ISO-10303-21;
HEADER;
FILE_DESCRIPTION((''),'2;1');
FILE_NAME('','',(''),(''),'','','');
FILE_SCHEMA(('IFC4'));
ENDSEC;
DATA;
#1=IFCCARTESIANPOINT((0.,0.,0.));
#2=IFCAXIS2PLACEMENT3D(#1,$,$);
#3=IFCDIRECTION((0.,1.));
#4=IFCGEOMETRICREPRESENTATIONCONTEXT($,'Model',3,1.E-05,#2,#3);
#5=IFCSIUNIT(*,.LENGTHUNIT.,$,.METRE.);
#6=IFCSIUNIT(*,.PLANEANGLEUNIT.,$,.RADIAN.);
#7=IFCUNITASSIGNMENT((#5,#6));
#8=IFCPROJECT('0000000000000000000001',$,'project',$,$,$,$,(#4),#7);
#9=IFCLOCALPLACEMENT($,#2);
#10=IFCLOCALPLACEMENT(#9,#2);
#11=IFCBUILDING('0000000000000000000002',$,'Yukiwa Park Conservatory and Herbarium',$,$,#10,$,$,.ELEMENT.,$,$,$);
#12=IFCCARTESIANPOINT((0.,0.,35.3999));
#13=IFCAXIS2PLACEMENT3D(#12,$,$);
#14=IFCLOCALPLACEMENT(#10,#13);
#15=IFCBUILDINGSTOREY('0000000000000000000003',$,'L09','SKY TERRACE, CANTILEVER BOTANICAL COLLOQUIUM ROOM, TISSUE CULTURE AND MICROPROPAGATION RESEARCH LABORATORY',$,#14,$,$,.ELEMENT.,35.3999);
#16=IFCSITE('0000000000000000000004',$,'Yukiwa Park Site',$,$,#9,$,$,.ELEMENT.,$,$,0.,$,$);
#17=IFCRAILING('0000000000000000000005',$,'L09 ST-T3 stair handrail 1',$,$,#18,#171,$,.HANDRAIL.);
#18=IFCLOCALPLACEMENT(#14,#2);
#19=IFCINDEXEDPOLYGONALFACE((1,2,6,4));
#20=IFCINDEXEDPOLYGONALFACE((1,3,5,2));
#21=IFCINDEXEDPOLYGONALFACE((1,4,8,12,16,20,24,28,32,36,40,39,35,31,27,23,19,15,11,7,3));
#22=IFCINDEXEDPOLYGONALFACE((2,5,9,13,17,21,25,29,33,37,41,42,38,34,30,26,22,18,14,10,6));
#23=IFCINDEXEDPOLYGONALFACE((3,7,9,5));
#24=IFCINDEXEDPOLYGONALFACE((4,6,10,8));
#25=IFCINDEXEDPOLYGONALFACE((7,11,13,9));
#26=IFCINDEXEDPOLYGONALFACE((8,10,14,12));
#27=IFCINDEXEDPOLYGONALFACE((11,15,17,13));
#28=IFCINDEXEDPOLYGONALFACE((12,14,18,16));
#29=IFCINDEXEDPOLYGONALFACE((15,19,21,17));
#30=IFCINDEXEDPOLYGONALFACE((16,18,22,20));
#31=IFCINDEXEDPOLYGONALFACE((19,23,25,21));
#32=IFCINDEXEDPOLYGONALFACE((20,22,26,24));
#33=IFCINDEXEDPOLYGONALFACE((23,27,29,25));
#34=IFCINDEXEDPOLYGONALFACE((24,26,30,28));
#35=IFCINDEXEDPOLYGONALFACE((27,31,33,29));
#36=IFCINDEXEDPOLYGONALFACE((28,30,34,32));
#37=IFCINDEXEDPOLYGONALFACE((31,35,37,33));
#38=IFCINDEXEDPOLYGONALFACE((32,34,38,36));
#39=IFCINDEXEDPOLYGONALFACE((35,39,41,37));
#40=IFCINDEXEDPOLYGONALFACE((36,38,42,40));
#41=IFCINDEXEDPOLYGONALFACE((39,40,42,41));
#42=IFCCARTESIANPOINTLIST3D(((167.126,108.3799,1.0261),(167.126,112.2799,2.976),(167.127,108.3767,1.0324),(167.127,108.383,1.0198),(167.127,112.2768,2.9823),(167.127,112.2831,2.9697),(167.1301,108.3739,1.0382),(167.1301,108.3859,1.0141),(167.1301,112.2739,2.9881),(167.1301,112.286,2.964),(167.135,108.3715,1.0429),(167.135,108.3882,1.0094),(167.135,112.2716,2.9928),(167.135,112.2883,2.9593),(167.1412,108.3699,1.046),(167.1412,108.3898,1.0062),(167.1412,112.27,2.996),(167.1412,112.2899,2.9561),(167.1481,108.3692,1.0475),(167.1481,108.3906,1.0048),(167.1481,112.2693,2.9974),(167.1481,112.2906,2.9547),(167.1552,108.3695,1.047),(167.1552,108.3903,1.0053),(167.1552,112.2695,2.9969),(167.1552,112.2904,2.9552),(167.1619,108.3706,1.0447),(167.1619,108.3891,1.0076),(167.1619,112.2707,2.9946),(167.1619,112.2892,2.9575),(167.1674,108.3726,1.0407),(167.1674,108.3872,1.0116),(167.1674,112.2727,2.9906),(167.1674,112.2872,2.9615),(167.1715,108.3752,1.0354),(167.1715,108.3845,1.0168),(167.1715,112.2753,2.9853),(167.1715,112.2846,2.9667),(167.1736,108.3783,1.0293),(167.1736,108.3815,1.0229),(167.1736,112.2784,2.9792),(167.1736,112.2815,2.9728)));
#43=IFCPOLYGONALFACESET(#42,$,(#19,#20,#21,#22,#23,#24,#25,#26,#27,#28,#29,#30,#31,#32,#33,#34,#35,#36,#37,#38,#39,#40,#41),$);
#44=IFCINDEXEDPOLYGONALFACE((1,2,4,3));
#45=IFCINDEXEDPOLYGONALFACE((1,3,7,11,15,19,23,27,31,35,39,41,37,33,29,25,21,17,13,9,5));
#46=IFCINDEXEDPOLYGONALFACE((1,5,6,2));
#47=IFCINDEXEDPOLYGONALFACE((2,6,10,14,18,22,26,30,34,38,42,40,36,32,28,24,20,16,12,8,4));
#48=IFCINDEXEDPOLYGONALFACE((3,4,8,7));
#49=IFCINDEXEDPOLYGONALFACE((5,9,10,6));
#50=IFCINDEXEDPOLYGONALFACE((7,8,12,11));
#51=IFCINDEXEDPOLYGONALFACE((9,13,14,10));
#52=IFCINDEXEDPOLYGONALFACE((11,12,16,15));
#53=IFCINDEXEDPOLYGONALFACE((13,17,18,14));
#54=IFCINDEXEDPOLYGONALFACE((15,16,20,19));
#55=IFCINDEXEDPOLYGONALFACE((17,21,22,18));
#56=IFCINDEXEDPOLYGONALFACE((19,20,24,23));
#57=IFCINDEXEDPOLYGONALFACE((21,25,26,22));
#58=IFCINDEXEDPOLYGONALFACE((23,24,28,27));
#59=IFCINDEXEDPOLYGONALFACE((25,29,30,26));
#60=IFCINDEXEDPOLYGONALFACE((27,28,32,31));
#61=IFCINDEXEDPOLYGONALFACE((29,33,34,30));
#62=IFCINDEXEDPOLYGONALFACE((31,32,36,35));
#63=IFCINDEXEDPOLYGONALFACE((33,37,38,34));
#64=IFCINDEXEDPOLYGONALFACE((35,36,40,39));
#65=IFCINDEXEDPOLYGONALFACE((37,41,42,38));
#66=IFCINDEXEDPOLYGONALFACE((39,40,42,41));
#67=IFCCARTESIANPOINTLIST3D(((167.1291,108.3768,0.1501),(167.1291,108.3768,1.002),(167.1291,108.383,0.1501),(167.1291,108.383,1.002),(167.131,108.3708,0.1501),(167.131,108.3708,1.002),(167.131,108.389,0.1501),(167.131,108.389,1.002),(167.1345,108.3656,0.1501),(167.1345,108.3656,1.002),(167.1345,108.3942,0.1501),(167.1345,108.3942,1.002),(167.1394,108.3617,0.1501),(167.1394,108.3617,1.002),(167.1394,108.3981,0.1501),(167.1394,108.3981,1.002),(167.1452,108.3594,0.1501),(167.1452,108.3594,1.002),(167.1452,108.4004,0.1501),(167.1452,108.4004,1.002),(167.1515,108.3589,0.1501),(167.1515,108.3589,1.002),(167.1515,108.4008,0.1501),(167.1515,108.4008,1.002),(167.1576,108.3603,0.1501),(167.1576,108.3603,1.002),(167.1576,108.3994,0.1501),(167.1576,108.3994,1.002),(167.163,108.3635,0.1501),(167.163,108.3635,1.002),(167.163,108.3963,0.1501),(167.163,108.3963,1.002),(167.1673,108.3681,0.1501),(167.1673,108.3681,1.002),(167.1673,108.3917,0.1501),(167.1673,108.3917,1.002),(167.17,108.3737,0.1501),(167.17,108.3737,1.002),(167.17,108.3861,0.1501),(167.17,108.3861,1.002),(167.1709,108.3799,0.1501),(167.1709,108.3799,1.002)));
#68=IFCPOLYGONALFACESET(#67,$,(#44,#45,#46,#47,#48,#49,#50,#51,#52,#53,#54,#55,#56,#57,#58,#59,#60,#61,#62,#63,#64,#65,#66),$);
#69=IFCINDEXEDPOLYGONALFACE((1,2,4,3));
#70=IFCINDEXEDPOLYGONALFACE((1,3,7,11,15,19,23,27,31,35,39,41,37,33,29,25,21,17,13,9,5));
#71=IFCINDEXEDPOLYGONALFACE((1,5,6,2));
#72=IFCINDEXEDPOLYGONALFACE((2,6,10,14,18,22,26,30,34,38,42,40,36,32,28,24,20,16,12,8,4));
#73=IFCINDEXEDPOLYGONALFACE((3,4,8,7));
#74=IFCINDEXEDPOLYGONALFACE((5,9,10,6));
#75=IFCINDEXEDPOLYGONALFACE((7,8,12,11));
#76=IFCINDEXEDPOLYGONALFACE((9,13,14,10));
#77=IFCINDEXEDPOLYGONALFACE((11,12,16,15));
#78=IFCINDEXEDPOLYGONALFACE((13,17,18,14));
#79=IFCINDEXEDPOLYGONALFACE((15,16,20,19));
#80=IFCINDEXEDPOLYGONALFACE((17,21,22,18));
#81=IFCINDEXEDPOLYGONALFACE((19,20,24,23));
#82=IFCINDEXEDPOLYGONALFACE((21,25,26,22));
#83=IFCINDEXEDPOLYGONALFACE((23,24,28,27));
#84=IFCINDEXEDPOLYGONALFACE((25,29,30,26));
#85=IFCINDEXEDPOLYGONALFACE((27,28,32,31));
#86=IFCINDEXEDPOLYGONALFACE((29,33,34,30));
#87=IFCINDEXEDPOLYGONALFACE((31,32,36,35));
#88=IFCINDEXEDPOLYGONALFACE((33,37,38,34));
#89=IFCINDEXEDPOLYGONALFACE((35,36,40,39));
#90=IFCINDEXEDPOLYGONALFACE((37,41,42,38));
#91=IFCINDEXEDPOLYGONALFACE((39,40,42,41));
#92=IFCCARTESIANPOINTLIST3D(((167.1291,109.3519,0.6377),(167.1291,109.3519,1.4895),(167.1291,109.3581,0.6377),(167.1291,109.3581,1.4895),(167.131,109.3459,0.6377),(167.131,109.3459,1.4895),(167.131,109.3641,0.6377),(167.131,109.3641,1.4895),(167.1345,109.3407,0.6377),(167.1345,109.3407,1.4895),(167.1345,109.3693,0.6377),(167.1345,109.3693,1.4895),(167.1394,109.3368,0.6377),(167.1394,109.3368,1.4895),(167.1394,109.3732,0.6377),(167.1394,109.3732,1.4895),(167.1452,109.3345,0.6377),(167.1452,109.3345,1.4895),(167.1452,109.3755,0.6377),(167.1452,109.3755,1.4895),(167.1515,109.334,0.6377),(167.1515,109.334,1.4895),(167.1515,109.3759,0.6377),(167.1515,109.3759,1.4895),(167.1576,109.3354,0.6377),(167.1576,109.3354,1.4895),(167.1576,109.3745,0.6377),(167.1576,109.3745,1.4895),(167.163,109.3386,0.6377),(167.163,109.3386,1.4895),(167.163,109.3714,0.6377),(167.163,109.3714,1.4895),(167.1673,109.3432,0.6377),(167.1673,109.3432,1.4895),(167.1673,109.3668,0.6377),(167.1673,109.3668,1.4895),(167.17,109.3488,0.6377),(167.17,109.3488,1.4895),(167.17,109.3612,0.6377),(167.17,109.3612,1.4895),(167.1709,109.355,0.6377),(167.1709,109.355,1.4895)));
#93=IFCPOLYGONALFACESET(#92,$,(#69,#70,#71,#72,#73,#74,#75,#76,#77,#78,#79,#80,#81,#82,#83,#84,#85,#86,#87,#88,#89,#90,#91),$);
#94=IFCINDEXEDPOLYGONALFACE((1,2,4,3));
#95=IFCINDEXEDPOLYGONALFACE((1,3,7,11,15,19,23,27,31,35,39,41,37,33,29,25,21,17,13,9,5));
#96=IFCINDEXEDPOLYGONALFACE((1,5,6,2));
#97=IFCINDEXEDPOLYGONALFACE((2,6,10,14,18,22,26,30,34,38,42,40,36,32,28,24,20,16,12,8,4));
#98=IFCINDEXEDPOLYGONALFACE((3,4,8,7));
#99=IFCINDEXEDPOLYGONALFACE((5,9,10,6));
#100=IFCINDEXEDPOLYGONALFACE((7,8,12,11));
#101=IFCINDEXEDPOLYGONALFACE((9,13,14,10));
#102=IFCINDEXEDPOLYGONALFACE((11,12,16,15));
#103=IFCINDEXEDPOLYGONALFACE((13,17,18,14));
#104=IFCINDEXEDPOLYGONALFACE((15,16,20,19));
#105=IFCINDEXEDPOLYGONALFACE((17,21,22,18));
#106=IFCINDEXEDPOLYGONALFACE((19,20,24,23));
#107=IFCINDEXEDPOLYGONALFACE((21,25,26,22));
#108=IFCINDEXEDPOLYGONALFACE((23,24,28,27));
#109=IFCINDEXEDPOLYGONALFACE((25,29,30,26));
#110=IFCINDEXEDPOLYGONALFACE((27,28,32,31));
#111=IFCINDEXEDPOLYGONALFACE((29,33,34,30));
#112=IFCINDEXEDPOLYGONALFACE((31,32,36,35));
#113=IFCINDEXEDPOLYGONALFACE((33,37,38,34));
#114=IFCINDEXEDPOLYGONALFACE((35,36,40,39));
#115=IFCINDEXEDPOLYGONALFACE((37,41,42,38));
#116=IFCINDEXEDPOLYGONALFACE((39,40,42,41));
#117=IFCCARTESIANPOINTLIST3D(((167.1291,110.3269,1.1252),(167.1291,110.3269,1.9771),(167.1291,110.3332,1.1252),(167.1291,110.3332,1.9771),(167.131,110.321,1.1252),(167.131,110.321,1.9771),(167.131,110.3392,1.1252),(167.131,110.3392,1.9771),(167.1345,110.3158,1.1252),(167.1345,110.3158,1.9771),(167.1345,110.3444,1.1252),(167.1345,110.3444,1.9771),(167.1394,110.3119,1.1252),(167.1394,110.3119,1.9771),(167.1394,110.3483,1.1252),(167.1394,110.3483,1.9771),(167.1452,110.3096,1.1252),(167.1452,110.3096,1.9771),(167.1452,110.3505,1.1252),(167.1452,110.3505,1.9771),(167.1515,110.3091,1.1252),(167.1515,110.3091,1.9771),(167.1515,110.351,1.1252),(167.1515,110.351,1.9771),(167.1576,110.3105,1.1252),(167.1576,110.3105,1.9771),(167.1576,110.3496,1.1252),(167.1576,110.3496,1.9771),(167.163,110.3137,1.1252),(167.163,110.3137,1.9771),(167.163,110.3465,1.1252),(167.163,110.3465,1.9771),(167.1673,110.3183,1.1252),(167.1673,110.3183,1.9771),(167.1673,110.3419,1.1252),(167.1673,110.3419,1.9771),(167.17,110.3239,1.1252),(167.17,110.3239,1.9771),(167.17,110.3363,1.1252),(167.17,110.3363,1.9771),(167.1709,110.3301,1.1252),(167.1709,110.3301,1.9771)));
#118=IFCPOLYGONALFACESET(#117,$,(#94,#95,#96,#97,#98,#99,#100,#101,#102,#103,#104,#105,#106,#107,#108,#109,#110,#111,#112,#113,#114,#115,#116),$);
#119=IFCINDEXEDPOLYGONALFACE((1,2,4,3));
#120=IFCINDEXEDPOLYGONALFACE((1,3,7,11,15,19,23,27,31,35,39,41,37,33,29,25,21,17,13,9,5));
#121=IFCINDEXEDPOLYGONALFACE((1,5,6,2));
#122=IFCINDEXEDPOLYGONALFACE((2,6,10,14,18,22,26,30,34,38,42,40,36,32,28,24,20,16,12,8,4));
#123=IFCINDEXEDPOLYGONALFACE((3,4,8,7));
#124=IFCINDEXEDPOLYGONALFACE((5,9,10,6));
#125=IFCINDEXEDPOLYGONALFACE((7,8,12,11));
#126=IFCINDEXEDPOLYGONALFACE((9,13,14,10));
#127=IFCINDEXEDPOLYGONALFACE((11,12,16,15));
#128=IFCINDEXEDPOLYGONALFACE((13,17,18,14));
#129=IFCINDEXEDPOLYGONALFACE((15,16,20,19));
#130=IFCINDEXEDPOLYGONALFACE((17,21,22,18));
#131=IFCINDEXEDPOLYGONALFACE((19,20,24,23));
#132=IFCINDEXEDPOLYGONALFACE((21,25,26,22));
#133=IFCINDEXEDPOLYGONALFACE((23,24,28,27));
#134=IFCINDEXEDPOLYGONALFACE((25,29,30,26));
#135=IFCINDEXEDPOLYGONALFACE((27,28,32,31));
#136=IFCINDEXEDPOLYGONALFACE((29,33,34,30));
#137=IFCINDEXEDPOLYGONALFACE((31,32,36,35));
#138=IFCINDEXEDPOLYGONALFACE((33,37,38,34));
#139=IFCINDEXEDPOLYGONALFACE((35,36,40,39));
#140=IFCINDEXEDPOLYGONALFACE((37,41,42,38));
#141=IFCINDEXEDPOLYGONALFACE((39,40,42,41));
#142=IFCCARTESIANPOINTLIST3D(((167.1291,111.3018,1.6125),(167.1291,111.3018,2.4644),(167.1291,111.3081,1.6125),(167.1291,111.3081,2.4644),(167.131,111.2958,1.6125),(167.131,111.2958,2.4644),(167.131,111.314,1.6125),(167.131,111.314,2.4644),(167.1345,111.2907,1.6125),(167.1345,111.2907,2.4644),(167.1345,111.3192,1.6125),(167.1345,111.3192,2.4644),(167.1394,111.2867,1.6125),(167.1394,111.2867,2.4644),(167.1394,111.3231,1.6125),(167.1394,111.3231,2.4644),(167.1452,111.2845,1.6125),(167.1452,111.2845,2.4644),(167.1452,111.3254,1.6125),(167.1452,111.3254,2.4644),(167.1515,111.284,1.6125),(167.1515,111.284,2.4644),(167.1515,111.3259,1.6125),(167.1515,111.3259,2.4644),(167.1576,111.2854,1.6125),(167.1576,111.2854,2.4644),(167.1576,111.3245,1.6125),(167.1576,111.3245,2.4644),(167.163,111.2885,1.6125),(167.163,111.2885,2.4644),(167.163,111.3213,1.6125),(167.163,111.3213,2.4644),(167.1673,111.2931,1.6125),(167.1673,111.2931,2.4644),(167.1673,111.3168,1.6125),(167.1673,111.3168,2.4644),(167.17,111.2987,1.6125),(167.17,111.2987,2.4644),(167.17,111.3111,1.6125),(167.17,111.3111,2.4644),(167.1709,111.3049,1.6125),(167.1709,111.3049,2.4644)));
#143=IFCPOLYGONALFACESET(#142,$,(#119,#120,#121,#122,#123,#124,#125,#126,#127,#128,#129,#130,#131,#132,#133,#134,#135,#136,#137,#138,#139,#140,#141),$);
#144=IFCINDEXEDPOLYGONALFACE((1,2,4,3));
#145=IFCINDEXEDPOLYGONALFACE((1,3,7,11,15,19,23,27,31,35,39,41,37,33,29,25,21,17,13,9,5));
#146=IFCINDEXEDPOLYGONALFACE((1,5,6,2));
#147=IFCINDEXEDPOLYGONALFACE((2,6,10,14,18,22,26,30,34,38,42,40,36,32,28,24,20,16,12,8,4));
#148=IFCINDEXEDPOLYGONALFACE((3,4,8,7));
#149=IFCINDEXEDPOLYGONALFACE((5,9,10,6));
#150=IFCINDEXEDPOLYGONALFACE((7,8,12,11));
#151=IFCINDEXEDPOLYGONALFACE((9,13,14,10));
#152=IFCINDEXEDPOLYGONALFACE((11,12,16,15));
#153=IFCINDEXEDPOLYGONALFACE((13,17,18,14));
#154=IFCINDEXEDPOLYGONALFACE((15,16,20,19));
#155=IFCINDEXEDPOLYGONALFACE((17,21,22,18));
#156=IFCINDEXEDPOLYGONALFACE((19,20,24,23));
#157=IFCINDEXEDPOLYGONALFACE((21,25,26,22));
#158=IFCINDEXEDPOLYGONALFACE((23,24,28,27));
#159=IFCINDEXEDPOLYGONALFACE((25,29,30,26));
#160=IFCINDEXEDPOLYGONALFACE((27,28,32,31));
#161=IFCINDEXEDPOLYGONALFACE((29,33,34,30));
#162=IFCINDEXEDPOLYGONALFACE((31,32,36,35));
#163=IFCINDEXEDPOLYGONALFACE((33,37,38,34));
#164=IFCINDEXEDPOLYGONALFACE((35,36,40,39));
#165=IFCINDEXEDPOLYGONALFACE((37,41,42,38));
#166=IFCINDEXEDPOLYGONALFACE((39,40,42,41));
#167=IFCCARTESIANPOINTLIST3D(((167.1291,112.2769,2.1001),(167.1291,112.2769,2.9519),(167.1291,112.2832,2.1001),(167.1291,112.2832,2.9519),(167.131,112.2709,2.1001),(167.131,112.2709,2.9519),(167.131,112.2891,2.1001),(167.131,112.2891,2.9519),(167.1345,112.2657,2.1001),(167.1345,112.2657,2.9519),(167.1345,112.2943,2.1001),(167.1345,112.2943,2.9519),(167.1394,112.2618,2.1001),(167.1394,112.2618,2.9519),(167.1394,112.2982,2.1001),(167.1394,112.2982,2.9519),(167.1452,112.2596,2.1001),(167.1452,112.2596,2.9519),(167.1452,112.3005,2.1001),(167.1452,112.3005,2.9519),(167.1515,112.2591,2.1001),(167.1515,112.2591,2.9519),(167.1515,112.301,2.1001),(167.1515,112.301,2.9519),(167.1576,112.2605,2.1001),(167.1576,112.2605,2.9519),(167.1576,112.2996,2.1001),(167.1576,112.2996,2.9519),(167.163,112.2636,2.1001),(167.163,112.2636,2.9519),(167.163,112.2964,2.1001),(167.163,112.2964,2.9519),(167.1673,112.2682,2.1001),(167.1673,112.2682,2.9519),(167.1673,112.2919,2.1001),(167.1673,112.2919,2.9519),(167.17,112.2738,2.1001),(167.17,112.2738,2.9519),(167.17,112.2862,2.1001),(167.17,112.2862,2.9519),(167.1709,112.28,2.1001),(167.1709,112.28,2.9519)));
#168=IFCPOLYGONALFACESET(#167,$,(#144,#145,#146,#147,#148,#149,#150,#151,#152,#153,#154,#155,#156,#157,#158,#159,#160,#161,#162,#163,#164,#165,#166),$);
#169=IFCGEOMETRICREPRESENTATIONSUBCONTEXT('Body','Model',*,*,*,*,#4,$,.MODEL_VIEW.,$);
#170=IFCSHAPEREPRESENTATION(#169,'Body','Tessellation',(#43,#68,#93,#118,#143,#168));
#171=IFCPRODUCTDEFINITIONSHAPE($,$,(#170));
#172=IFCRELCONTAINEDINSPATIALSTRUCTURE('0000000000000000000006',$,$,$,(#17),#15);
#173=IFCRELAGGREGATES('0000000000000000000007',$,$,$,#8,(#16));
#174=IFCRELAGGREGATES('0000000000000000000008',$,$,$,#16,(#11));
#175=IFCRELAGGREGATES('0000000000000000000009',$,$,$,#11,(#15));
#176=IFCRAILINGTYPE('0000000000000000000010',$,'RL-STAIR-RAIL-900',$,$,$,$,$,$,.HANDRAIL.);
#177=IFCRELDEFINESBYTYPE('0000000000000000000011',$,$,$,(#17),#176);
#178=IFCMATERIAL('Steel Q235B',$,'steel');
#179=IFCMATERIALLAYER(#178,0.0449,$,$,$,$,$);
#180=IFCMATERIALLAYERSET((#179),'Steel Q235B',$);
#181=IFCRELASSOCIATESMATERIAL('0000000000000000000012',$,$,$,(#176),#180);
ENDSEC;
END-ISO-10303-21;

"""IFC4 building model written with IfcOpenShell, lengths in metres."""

from ifc_helpers import new_model, si_unit, direction, frame, origin, origin_2d, place, context, subcontext, project, spatial, circle, extrude, material, layer, layer_set, type_object, element, save


model = new_model("IFC4")

# Units and contexts
model_context = context("Model", 3, precision=1e-05, world=origin(), true_north=direction((0.0, 1.0)))
body_context = subcontext(model_context, "Body", "Model", "MODEL_VIEW")
ifc_project = project(units=[si_unit("LENGTHUNIT", "METRE"), si_unit("PLANEANGLEUNIT", "RADIAN")], contexts=[model_context])

# Site, building, storey
site_placement = place(None, origin())
site = spatial("IfcSite", under=ifc_project, at=site_placement, Name="Yukiwa Park Site", CompositionType="ELEMENT", RefElevation=0.0)
building_placement = place(site_placement, origin())
building = spatial("IfcBuilding", under=site, at=building_placement, Name="Yukiwa Park Conservatory and Herbarium", CompositionType="ELEMENT")
storey_placement = place(building_placement, frame((0.0, 0.0, 35.3999)))
storey = spatial("IfcBuildingStorey", under=building, at=storey_placement, Name="L09", Description="SKY TERRACE, CANTILEVER BOTANICAL COLLOQUIUM ROOM, TISSUE CULTURE AND MICROPROPAGATION RESEARCH LABORATORY", CompositionType="ELEMENT", Elevation=35.3999)

# Railing
ifc_material_1 = material(Name="Steel Q235B", Category="steel")
ifc_layer_1 = layer(ifc_material_1, 0.0449)
ifc_layer_set_1 = layer_set([ifc_layer_1], Name="Steel Q235B")
railing_type_1 = type_object("IfcRailingType", Name="RL-STAIR-RAIL-900", PredefinedType="HANDRAIL", material=ifc_layer_set_1)
railing_1_placement = place(storey_placement, frame((167.1499, 108.3799, 0.1501)))
element("IfcRailing", 1, at=railing_1_placement, inside=storey, type_object=railing_type_1, Name="L09 ST-T3 stair handrail 1", PredefinedType="HANDRAIL", context=body_context, shape_type="SweptSolid", body=[
    extrude(circle(Radius=0.0239, at=origin_2d()), frame((0.0, 0.0, 0.876), z_axis=(0.0, 0.894438, 0.447191), x_axis=(-1.0, 0.0, 0.0)), (0.0, 0.0, 1.0), 4.3604),
    extrude(circle(Radius=0.021, at=origin_2d()), origin(), (0.0, 0.0, 1.0), 0.8518),
    extrude(circle(Radius=0.021, at=origin_2d()), frame((0.0, 0.9751, 0.4875)), (0.0, 0.0, 1.0), 0.8518),
    extrude(circle(Radius=0.021, at=origin_2d()), frame((0.0, 1.9502, 0.9751)), (0.0, 0.0, 1.0), 0.8518),
    extrude(circle(Radius=0.021, at=origin_2d()), frame((0.0, 2.925, 1.4624)), (0.0, 0.0, 1.0), 0.8518),
    extrude(circle(Radius=0.021, at=origin_2d()), frame((0.0, 3.9001, 1.95)), (0.0, 0.0, 1.0), 0.8518),
])

save(model, "model.ifc")
